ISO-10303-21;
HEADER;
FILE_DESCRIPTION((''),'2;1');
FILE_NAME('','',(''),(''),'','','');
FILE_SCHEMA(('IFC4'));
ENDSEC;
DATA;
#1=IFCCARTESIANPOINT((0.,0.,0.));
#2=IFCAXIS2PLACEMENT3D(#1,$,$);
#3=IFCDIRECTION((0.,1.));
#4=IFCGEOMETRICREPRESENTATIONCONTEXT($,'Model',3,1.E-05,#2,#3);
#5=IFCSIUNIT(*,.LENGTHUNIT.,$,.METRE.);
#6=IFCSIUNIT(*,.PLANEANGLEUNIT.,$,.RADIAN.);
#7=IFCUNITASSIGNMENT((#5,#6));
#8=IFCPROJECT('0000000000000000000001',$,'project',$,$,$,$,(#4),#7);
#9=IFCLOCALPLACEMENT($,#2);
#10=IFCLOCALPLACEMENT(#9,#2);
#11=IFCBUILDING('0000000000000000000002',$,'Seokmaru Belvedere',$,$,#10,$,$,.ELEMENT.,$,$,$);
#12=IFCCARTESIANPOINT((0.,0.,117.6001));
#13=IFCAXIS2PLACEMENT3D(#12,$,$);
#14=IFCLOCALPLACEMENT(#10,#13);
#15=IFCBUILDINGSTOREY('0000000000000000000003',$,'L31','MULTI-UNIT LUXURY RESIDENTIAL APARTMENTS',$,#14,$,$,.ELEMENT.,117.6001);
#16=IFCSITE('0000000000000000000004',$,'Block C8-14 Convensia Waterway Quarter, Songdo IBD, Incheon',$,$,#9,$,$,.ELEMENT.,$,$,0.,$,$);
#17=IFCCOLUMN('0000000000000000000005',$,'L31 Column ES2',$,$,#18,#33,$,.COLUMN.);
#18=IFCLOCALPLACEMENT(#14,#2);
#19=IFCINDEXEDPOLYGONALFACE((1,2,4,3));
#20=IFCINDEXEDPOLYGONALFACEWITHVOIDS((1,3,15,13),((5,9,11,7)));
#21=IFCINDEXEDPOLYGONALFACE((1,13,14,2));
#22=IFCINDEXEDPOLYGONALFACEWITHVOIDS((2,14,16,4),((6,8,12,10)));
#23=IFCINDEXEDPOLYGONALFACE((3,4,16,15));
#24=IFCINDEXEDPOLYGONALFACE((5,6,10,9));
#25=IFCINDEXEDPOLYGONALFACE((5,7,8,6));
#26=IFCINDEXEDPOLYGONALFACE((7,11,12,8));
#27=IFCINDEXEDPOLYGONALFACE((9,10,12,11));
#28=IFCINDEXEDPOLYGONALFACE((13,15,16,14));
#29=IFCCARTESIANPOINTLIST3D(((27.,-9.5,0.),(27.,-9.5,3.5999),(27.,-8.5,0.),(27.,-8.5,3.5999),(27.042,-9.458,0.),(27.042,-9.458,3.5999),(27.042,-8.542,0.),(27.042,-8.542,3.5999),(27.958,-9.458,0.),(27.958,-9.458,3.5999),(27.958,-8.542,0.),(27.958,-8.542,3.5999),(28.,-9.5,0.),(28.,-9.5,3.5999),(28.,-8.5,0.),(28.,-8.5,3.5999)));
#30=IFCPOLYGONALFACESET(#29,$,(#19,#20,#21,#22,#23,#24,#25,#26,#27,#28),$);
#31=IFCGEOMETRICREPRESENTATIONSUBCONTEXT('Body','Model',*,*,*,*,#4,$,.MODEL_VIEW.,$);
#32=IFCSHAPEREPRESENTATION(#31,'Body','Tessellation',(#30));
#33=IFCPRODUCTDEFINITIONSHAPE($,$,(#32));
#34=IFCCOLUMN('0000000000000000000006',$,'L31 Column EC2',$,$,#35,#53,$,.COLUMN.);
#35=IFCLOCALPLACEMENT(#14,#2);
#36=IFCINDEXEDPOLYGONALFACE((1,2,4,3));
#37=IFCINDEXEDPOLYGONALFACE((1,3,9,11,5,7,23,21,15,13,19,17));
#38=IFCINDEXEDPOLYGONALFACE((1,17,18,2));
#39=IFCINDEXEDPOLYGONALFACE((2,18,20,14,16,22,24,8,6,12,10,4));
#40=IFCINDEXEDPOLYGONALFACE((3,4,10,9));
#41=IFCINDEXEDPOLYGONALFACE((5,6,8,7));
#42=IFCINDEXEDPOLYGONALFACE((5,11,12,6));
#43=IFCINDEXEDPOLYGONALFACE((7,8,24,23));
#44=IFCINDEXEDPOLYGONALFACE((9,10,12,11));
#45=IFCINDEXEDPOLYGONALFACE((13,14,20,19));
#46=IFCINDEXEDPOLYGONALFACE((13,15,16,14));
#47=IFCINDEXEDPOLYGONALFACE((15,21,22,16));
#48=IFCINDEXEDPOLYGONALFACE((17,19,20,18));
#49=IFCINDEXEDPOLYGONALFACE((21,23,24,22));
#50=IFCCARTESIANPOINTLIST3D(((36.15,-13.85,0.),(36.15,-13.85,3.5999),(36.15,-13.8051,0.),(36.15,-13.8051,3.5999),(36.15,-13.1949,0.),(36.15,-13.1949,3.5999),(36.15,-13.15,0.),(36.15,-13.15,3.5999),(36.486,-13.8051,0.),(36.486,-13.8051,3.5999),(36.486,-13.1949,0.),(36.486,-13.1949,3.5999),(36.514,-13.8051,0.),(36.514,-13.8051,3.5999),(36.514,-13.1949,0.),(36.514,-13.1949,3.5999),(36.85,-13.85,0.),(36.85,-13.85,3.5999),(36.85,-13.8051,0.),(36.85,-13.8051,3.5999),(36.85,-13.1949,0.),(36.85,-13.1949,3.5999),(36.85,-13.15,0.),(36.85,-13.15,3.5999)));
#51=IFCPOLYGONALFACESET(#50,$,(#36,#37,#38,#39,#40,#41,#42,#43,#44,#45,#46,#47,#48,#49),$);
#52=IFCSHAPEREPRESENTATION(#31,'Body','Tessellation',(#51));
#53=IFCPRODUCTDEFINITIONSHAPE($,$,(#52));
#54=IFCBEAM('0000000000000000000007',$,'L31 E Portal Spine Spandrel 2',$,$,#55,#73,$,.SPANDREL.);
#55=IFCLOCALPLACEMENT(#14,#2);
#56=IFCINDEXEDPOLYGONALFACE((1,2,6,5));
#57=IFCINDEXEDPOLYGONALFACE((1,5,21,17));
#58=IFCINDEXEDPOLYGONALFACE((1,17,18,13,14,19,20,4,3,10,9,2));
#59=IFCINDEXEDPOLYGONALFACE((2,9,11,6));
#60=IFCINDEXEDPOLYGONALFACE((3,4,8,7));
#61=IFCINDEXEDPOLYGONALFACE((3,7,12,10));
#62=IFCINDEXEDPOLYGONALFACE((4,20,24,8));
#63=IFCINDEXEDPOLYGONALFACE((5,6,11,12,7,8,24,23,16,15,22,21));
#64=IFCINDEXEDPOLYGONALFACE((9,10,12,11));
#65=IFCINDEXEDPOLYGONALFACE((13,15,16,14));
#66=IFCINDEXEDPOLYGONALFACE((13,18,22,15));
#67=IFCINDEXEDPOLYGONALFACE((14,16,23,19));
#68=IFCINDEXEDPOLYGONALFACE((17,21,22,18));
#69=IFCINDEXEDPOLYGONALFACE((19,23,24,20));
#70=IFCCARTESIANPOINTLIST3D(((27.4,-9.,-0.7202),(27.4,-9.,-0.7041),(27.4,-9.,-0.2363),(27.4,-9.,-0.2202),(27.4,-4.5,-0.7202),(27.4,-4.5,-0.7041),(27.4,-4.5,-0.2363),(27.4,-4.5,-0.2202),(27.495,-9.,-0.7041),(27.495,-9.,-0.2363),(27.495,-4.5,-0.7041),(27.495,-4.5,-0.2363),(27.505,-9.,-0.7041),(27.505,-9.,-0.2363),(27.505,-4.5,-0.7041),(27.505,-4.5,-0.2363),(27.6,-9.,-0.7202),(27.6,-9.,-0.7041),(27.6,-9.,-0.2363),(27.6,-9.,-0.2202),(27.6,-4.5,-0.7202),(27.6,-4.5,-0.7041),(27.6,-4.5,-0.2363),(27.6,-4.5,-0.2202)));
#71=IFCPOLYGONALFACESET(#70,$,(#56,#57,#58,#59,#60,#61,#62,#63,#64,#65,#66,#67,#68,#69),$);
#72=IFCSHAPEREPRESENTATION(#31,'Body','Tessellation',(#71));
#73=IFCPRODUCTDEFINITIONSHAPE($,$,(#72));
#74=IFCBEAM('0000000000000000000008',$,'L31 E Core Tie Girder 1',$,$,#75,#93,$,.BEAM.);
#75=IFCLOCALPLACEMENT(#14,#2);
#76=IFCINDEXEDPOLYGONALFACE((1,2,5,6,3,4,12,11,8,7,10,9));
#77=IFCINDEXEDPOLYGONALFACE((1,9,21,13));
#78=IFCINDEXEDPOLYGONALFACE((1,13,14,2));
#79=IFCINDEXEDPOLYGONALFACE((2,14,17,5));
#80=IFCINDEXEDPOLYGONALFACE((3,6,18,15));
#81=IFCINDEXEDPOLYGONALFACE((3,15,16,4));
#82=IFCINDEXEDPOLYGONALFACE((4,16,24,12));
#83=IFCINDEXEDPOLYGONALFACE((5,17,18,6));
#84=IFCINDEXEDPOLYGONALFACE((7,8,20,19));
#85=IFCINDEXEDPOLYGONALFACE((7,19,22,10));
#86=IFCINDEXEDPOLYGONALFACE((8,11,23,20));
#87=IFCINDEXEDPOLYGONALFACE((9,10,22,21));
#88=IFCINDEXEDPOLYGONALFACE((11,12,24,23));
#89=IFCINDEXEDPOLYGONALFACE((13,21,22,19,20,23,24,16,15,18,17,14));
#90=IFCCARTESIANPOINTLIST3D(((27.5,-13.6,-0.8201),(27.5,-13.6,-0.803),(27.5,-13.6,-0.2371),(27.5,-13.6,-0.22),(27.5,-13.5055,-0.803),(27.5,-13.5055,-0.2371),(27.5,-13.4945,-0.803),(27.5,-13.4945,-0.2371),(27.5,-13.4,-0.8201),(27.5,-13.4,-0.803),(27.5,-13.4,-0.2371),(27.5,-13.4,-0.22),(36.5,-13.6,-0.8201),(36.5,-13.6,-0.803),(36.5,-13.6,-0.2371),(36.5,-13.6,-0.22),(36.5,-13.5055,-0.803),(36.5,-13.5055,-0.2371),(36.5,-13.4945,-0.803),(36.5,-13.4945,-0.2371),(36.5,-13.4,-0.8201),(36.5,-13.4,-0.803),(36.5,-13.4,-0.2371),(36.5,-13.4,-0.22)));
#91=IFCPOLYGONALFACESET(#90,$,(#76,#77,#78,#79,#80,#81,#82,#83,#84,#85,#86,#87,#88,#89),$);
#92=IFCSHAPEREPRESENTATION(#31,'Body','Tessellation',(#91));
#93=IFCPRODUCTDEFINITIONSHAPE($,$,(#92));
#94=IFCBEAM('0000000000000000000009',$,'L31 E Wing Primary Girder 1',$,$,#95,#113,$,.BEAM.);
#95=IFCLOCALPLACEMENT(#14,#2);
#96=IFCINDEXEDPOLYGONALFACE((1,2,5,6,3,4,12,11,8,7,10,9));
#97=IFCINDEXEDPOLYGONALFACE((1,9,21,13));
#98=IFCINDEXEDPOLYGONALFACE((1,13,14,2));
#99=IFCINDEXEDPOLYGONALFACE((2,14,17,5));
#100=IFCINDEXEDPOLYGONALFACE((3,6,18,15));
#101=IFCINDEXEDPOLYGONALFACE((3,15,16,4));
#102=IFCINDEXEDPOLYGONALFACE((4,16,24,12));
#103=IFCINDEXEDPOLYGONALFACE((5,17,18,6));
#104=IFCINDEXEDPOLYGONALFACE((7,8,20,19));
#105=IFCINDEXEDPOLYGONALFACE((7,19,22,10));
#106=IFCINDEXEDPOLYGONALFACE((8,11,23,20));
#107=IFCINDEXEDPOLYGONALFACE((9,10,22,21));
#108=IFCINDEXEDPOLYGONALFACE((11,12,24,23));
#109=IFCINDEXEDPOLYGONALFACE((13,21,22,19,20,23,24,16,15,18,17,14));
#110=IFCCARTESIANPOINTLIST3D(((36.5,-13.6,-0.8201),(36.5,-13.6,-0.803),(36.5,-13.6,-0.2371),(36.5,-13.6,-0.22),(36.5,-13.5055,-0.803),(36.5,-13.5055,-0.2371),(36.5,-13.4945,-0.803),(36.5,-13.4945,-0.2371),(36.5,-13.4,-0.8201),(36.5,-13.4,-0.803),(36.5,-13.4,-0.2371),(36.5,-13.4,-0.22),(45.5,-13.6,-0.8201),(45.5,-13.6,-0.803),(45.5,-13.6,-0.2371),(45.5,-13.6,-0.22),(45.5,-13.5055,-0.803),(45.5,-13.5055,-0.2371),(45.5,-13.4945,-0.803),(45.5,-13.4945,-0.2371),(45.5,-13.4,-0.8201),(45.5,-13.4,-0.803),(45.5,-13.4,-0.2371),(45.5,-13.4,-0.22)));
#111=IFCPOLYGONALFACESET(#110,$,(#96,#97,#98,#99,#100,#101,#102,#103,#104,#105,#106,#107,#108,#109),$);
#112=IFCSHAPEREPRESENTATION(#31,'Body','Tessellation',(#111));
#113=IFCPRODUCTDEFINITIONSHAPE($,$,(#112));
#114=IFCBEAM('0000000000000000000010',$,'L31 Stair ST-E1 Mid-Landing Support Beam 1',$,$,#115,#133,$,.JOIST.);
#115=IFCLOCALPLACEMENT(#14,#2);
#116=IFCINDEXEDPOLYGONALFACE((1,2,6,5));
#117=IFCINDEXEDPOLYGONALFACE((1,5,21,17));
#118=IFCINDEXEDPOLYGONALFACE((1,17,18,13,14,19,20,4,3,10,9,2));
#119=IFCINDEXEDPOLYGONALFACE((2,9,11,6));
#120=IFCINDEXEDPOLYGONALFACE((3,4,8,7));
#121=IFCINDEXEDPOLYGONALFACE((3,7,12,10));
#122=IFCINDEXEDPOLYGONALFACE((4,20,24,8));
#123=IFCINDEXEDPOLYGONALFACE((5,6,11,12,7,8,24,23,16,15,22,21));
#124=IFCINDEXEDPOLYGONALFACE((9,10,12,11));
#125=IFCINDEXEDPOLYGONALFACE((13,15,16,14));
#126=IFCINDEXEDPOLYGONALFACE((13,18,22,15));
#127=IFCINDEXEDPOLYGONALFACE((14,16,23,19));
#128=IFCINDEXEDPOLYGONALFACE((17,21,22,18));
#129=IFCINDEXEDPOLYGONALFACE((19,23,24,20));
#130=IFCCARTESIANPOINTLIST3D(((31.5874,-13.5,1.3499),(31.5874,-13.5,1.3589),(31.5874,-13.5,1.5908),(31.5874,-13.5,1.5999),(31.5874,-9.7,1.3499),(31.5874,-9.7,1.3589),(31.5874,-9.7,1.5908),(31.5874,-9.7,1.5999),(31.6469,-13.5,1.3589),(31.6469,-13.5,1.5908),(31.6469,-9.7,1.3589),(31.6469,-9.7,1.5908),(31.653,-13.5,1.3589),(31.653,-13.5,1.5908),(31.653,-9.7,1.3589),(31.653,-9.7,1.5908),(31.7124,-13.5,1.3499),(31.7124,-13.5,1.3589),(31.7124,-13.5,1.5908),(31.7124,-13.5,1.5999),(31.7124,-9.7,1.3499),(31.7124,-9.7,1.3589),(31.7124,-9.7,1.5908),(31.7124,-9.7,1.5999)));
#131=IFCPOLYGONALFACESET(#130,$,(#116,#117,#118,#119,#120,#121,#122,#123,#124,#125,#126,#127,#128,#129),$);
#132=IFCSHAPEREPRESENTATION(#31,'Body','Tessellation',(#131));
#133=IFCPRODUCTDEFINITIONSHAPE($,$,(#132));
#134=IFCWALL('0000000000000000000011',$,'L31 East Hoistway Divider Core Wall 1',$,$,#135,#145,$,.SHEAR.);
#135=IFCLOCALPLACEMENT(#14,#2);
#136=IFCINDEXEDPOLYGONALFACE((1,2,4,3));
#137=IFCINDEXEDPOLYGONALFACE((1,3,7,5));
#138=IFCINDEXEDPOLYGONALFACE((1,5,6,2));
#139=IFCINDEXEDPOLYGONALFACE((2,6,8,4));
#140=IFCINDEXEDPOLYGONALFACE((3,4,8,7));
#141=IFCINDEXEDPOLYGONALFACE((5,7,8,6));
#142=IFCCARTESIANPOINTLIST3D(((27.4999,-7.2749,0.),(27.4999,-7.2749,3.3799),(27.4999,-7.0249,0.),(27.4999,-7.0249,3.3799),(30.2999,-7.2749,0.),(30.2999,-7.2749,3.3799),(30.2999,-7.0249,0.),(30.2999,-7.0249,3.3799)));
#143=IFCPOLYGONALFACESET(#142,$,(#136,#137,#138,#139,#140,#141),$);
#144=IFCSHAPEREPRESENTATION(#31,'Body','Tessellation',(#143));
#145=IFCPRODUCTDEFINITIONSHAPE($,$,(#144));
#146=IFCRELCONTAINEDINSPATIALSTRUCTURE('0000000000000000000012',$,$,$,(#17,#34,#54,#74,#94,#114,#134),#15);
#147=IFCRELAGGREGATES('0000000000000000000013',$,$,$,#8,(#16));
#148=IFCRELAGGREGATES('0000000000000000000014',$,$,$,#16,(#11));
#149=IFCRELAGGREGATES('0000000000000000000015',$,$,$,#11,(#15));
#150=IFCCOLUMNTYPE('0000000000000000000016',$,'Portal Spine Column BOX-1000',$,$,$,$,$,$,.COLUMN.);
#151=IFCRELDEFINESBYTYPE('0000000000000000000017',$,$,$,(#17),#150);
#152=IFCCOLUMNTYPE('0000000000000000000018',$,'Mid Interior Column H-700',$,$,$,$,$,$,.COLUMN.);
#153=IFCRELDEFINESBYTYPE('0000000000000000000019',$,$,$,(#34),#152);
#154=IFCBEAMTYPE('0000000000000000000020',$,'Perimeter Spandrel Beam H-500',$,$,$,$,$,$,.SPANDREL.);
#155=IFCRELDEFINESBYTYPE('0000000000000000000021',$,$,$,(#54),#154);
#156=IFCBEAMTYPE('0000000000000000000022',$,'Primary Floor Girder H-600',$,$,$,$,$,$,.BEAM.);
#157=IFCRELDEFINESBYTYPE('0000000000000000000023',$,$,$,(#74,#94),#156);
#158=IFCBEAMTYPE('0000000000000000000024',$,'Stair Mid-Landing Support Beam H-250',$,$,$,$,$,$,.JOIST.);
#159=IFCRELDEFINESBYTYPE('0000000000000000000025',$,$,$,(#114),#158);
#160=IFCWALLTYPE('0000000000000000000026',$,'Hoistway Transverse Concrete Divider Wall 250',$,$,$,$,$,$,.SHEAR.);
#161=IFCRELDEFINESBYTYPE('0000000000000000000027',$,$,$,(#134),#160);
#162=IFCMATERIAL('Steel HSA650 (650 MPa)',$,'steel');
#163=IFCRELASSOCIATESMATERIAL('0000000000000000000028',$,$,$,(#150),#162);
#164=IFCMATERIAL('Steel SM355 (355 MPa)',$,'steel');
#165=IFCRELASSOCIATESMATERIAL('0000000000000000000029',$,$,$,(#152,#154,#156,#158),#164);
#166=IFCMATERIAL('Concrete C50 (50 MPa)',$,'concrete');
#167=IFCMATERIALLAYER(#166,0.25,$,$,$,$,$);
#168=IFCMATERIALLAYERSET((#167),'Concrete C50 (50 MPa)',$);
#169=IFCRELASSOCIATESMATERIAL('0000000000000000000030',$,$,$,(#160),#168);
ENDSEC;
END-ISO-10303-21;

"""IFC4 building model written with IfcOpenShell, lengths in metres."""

from ifc_helpers import new_model, si_unit, direction, frame, frame_2d, origin, origin_2d, place, context, subcontext, project, spatial, rectangle, hollow_rectangle, i_section, extrude, source, transform, mapped, material, layer, layer_set, material_profile, profile_set, type_object, type_shapes, element, save


model = new_model("IFC4")

# Units and contexts
model_context = context("Model", 3, precision=1e-05, world=origin(), true_north=direction((0.0, 1.0)))
body_context = subcontext(model_context, "Body", "Model", "MODEL_VIEW")
ifc_project = project(units=[si_unit("LENGTHUNIT", "METRE"), si_unit("PLANEANGLEUNIT", "RADIAN")], contexts=[model_context])

# Site, building, storey
site_placement = place(None, origin())
site = spatial("IfcSite", under=ifc_project, at=site_placement, Name="Block C8-14 Convensia Waterway Quarter, Songdo IBD, Incheon", CompositionType="ELEMENT", RefElevation=0.0)
building_placement = place(site_placement, origin())
building = spatial("IfcBuilding", under=site, at=building_placement, Name="Seokmaru Belvedere", CompositionType="ELEMENT")
storey_placement = place(building_placement, frame((0.0, 0.0, 117.6001)))
storey = spatial("IfcBuildingStorey", under=building, at=storey_placement, Name="L31", Description="MULTI-UNIT LUXURY RESIDENTIAL APARTMENTS", CompositionType="ELEMENT", Elevation=117.6001)

# Columns
ifc_material_1 = material(Name="Steel HSA650 (650 MPa)", Category="steel")
ifc_material_profile_1 = material_profile(ifc_material_1, hollow_rectangle(XDim=1.0, YDim=1.0, WallThickness=0.042, at=origin_2d()), Name="BOX-1000x1000x42")
ifc_profile_set_1 = profile_set([ifc_material_profile_1], Name="Steel HSA650 (650 MPa)")
column_type_1 = type_object("IfcColumnType", Name="Portal Spine Column BOX-1000", PredefinedType="COLUMN", material=ifc_profile_set_1)
shared_shape_1 = source(origin(), body_context, "Body", "SweptSolid", [
    extrude(hollow_rectangle(XDim=1.0, YDim=1.0, WallThickness=0.042, at=origin_2d()), origin(), (0.0, 0.0, 1.0), 3.5999),
])
type_shapes(column_type_1, [shared_shape_1])
column_1_placement = place(storey_placement, frame((27.5, -9.0, 0.0), z_axis=(0.0, 0.0, 1.0), x_axis=(1.0, 0.0, 0.0)))
element("IfcColumn", 1, at=column_1_placement, inside=storey, type_object=column_type_1, Name="L31 Column ES2", PredefinedType="COLUMN", context=body_context, shape_type="MappedRepresentation", body=[
    mapped(shared_shape_1, transform((0.0, 0.0, 0.0), scale=1.0)),
])
ifc_material_2 = material(Name="Steel SM355 (355 MPa)", Category="steel")
ifc_material_profile_2 = material_profile(ifc_material_2, i_section(OverallWidth=0.7, OverallDepth=0.7, WebThickness=0.0281, FlangeThickness=0.0449, at=origin_2d()), Name="H-700x700x28x45")
ifc_profile_set_2 = profile_set([ifc_material_profile_2], Name="Steel SM355 (355 MPa)")
column_type_2 = type_object("IfcColumnType", Name="Mid Interior Column H-700", PredefinedType="COLUMN", material=ifc_profile_set_2)
shared_shape_2 = source(origin(), body_context, "Body", "SweptSolid", [
    extrude(i_section(OverallWidth=0.7, OverallDepth=0.7, WebThickness=0.0281, FlangeThickness=0.0449, at=origin_2d()), origin(), (0.0, 0.0, 1.0), 3.5999),
])
type_shapes(column_type_2, [shared_shape_2])
column_2_placement = place(storey_placement, frame((36.5, -13.5, 0.0), z_axis=(0.0, 0.0, 1.0), x_axis=(1.0, 0.0, 0.0)))
element("IfcColumn", 2, at=column_2_placement, inside=storey, type_object=column_type_2, Name="L31 Column EC2", PredefinedType="COLUMN", context=body_context, shape_type="MappedRepresentation", body=[
    mapped(shared_shape_2, transform((0.0, 0.0, 0.0), scale=1.0)),
])

# Beams
ifc_material_profile_3 = material_profile(ifc_material_2, i_section(OverallWidth=0.2, OverallDepth=0.5, WebThickness=0.01, FlangeThickness=0.0161, at=origin_2d()), Name="H-500x200x10x16")
ifc_profile_set_3 = profile_set([ifc_material_profile_3], Name="Steel SM355 (355 MPa)")
beam_type_1 = type_object("IfcBeamType", Name="Perimeter Spandrel Beam H-500", PredefinedType="SPANDREL", material=ifc_profile_set_3)
shared_shape_3 = source(origin(), body_context, "Body", "SweptSolid", [
    extrude(i_section(OverallWidth=0.2, OverallDepth=0.5, WebThickness=0.01, FlangeThickness=0.0161, at=origin_2d()), origin(), (0.0, 0.0, 1.0), 4.5),
])
type_shapes(beam_type_1, [shared_shape_3])
beam_1_placement = place(storey_placement, frame((27.5, -9.0, -0.4702), z_axis=(0.0, 1.0, 0.0), x_axis=(-1.0, 0.0, 0.0)))
element("IfcBeam", 3, at=beam_1_placement, inside=storey, type_object=beam_type_1, Name="L31 E Portal Spine Spandrel 2", PredefinedType="SPANDREL", context=body_context, shape_type="MappedRepresentation", body=[
    mapped(shared_shape_3, transform((0.0, 0.0, 0.0), scale=1.0)),
])
ifc_material_profile_4 = material_profile(ifc_material_2, i_section(OverallWidth=0.2, OverallDepth=0.6001, WebThickness=0.011, FlangeThickness=0.0171, at=origin_2d()), Name="H-600x200x11x17")
ifc_profile_set_4 = profile_set([ifc_material_profile_4], Name="Steel SM355 (355 MPa)")
beam_type_2 = type_object("IfcBeamType", Name="Primary Floor Girder H-600", PredefinedType="BEAM", material=ifc_profile_set_4)
shared_shape_4 = source(origin(), body_context, "Body", "SweptSolid", [
    extrude(i_section(OverallWidth=0.2, OverallDepth=0.6001, WebThickness=0.011, FlangeThickness=0.0171, at=origin_2d()), origin(), (0.0, 0.0, 1.0), 9.0),
])
type_shapes(beam_type_2, [shared_shape_4])
for number, where, z_axis, x_axis, name in (
    (4, (27.5, -13.5, -0.52), (1.0, 0.0, 0.0), (0.0, 1.0, 0.0), "L31 E Core Tie Girder 1"),
    (5, (36.5, -13.5, -0.52), (1.0, 0.0, 0.0), (0.0, 1.0, 0.0), "L31 E Wing Primary Girder 1"),
):
    element("IfcBeam", number, at=place(storey_placement, frame(where, z_axis=z_axis, x_axis=x_axis)), inside=storey, type_object=beam_type_2, Name=name, PredefinedType="BEAM", context=body_context, shape_type="MappedRepresentation", body=[
        mapped(shared_shape_4, transform((0.0, 0.0, 0.0), scale=1.0)),
    ])
ifc_material_profile_5 = material_profile(ifc_material_2, i_section(OverallWidth=0.125, OverallDepth=0.25, WebThickness=0.0061, FlangeThickness=0.009, at=origin_2d()), Name="H-250x125x6x9")
ifc_profile_set_5 = profile_set([ifc_material_profile_5], Name="Steel SM355 (355 MPa)")
beam_type_3 = type_object("IfcBeamType", Name="Stair Mid-Landing Support Beam H-250", PredefinedType="JOIST", material=ifc_profile_set_5)
shared_shape_5 = source(origin(), body_context, "Body", "SweptSolid", [
    extrude(i_section(OverallWidth=0.125, OverallDepth=0.25, WebThickness=0.0061, FlangeThickness=0.009, at=origin_2d()), origin(), (0.0, 0.0, 1.0), 3.8),
])
type_shapes(beam_type_3, [shared_shape_5])
beam_2_placement = place(storey_placement, frame((31.6499, -13.5, 1.4749), z_axis=(0.0, 1.0, 0.0), x_axis=(-1.0, 0.0, 0.0)))
element("IfcBeam", 6, at=beam_2_placement, inside=storey, type_object=beam_type_3, Name="L31 Stair ST-E1 Mid-Landing Support Beam 1", PredefinedType="JOIST", context=body_context, shape_type="MappedRepresentation", body=[
    mapped(shared_shape_5, transform((0.0, 0.0, 0.0), scale=1.0)),
])

# Wall
ifc_material_3 = material(Name="Concrete C50 (50 MPa)", Category="concrete")
ifc_layer_1 = layer(ifc_material_3, 0.25)
ifc_layer_set_1 = layer_set([ifc_layer_1], Name="Concrete C50 (50 MPa)")
wall_type_1 = type_object("IfcWallType", Name="Hoistway Transverse Concrete Divider Wall 250", PredefinedType="SHEAR", material=ifc_layer_set_1)
wall_1_placement = place(storey_placement, frame((27.5, -7.1499, 0.0), z_axis=(0.0, 0.0, 1.0), x_axis=(1.0, 0.0, 0.0)))
element("IfcWall", 7, at=wall_1_placement, inside=storey, type_object=wall_type_1, Name="L31 East Hoistway Divider Core Wall 1", PredefinedType="SHEAR", context=body_context, shape_type="SweptSolid", body=[
    extrude(rectangle(XDim=2.8, YDim=0.25, at=frame_2d((1.3999, 0.0))), origin(), (0.0, 0.0, 1.0), 3.3799),
])

save(model, "model.ifc")
